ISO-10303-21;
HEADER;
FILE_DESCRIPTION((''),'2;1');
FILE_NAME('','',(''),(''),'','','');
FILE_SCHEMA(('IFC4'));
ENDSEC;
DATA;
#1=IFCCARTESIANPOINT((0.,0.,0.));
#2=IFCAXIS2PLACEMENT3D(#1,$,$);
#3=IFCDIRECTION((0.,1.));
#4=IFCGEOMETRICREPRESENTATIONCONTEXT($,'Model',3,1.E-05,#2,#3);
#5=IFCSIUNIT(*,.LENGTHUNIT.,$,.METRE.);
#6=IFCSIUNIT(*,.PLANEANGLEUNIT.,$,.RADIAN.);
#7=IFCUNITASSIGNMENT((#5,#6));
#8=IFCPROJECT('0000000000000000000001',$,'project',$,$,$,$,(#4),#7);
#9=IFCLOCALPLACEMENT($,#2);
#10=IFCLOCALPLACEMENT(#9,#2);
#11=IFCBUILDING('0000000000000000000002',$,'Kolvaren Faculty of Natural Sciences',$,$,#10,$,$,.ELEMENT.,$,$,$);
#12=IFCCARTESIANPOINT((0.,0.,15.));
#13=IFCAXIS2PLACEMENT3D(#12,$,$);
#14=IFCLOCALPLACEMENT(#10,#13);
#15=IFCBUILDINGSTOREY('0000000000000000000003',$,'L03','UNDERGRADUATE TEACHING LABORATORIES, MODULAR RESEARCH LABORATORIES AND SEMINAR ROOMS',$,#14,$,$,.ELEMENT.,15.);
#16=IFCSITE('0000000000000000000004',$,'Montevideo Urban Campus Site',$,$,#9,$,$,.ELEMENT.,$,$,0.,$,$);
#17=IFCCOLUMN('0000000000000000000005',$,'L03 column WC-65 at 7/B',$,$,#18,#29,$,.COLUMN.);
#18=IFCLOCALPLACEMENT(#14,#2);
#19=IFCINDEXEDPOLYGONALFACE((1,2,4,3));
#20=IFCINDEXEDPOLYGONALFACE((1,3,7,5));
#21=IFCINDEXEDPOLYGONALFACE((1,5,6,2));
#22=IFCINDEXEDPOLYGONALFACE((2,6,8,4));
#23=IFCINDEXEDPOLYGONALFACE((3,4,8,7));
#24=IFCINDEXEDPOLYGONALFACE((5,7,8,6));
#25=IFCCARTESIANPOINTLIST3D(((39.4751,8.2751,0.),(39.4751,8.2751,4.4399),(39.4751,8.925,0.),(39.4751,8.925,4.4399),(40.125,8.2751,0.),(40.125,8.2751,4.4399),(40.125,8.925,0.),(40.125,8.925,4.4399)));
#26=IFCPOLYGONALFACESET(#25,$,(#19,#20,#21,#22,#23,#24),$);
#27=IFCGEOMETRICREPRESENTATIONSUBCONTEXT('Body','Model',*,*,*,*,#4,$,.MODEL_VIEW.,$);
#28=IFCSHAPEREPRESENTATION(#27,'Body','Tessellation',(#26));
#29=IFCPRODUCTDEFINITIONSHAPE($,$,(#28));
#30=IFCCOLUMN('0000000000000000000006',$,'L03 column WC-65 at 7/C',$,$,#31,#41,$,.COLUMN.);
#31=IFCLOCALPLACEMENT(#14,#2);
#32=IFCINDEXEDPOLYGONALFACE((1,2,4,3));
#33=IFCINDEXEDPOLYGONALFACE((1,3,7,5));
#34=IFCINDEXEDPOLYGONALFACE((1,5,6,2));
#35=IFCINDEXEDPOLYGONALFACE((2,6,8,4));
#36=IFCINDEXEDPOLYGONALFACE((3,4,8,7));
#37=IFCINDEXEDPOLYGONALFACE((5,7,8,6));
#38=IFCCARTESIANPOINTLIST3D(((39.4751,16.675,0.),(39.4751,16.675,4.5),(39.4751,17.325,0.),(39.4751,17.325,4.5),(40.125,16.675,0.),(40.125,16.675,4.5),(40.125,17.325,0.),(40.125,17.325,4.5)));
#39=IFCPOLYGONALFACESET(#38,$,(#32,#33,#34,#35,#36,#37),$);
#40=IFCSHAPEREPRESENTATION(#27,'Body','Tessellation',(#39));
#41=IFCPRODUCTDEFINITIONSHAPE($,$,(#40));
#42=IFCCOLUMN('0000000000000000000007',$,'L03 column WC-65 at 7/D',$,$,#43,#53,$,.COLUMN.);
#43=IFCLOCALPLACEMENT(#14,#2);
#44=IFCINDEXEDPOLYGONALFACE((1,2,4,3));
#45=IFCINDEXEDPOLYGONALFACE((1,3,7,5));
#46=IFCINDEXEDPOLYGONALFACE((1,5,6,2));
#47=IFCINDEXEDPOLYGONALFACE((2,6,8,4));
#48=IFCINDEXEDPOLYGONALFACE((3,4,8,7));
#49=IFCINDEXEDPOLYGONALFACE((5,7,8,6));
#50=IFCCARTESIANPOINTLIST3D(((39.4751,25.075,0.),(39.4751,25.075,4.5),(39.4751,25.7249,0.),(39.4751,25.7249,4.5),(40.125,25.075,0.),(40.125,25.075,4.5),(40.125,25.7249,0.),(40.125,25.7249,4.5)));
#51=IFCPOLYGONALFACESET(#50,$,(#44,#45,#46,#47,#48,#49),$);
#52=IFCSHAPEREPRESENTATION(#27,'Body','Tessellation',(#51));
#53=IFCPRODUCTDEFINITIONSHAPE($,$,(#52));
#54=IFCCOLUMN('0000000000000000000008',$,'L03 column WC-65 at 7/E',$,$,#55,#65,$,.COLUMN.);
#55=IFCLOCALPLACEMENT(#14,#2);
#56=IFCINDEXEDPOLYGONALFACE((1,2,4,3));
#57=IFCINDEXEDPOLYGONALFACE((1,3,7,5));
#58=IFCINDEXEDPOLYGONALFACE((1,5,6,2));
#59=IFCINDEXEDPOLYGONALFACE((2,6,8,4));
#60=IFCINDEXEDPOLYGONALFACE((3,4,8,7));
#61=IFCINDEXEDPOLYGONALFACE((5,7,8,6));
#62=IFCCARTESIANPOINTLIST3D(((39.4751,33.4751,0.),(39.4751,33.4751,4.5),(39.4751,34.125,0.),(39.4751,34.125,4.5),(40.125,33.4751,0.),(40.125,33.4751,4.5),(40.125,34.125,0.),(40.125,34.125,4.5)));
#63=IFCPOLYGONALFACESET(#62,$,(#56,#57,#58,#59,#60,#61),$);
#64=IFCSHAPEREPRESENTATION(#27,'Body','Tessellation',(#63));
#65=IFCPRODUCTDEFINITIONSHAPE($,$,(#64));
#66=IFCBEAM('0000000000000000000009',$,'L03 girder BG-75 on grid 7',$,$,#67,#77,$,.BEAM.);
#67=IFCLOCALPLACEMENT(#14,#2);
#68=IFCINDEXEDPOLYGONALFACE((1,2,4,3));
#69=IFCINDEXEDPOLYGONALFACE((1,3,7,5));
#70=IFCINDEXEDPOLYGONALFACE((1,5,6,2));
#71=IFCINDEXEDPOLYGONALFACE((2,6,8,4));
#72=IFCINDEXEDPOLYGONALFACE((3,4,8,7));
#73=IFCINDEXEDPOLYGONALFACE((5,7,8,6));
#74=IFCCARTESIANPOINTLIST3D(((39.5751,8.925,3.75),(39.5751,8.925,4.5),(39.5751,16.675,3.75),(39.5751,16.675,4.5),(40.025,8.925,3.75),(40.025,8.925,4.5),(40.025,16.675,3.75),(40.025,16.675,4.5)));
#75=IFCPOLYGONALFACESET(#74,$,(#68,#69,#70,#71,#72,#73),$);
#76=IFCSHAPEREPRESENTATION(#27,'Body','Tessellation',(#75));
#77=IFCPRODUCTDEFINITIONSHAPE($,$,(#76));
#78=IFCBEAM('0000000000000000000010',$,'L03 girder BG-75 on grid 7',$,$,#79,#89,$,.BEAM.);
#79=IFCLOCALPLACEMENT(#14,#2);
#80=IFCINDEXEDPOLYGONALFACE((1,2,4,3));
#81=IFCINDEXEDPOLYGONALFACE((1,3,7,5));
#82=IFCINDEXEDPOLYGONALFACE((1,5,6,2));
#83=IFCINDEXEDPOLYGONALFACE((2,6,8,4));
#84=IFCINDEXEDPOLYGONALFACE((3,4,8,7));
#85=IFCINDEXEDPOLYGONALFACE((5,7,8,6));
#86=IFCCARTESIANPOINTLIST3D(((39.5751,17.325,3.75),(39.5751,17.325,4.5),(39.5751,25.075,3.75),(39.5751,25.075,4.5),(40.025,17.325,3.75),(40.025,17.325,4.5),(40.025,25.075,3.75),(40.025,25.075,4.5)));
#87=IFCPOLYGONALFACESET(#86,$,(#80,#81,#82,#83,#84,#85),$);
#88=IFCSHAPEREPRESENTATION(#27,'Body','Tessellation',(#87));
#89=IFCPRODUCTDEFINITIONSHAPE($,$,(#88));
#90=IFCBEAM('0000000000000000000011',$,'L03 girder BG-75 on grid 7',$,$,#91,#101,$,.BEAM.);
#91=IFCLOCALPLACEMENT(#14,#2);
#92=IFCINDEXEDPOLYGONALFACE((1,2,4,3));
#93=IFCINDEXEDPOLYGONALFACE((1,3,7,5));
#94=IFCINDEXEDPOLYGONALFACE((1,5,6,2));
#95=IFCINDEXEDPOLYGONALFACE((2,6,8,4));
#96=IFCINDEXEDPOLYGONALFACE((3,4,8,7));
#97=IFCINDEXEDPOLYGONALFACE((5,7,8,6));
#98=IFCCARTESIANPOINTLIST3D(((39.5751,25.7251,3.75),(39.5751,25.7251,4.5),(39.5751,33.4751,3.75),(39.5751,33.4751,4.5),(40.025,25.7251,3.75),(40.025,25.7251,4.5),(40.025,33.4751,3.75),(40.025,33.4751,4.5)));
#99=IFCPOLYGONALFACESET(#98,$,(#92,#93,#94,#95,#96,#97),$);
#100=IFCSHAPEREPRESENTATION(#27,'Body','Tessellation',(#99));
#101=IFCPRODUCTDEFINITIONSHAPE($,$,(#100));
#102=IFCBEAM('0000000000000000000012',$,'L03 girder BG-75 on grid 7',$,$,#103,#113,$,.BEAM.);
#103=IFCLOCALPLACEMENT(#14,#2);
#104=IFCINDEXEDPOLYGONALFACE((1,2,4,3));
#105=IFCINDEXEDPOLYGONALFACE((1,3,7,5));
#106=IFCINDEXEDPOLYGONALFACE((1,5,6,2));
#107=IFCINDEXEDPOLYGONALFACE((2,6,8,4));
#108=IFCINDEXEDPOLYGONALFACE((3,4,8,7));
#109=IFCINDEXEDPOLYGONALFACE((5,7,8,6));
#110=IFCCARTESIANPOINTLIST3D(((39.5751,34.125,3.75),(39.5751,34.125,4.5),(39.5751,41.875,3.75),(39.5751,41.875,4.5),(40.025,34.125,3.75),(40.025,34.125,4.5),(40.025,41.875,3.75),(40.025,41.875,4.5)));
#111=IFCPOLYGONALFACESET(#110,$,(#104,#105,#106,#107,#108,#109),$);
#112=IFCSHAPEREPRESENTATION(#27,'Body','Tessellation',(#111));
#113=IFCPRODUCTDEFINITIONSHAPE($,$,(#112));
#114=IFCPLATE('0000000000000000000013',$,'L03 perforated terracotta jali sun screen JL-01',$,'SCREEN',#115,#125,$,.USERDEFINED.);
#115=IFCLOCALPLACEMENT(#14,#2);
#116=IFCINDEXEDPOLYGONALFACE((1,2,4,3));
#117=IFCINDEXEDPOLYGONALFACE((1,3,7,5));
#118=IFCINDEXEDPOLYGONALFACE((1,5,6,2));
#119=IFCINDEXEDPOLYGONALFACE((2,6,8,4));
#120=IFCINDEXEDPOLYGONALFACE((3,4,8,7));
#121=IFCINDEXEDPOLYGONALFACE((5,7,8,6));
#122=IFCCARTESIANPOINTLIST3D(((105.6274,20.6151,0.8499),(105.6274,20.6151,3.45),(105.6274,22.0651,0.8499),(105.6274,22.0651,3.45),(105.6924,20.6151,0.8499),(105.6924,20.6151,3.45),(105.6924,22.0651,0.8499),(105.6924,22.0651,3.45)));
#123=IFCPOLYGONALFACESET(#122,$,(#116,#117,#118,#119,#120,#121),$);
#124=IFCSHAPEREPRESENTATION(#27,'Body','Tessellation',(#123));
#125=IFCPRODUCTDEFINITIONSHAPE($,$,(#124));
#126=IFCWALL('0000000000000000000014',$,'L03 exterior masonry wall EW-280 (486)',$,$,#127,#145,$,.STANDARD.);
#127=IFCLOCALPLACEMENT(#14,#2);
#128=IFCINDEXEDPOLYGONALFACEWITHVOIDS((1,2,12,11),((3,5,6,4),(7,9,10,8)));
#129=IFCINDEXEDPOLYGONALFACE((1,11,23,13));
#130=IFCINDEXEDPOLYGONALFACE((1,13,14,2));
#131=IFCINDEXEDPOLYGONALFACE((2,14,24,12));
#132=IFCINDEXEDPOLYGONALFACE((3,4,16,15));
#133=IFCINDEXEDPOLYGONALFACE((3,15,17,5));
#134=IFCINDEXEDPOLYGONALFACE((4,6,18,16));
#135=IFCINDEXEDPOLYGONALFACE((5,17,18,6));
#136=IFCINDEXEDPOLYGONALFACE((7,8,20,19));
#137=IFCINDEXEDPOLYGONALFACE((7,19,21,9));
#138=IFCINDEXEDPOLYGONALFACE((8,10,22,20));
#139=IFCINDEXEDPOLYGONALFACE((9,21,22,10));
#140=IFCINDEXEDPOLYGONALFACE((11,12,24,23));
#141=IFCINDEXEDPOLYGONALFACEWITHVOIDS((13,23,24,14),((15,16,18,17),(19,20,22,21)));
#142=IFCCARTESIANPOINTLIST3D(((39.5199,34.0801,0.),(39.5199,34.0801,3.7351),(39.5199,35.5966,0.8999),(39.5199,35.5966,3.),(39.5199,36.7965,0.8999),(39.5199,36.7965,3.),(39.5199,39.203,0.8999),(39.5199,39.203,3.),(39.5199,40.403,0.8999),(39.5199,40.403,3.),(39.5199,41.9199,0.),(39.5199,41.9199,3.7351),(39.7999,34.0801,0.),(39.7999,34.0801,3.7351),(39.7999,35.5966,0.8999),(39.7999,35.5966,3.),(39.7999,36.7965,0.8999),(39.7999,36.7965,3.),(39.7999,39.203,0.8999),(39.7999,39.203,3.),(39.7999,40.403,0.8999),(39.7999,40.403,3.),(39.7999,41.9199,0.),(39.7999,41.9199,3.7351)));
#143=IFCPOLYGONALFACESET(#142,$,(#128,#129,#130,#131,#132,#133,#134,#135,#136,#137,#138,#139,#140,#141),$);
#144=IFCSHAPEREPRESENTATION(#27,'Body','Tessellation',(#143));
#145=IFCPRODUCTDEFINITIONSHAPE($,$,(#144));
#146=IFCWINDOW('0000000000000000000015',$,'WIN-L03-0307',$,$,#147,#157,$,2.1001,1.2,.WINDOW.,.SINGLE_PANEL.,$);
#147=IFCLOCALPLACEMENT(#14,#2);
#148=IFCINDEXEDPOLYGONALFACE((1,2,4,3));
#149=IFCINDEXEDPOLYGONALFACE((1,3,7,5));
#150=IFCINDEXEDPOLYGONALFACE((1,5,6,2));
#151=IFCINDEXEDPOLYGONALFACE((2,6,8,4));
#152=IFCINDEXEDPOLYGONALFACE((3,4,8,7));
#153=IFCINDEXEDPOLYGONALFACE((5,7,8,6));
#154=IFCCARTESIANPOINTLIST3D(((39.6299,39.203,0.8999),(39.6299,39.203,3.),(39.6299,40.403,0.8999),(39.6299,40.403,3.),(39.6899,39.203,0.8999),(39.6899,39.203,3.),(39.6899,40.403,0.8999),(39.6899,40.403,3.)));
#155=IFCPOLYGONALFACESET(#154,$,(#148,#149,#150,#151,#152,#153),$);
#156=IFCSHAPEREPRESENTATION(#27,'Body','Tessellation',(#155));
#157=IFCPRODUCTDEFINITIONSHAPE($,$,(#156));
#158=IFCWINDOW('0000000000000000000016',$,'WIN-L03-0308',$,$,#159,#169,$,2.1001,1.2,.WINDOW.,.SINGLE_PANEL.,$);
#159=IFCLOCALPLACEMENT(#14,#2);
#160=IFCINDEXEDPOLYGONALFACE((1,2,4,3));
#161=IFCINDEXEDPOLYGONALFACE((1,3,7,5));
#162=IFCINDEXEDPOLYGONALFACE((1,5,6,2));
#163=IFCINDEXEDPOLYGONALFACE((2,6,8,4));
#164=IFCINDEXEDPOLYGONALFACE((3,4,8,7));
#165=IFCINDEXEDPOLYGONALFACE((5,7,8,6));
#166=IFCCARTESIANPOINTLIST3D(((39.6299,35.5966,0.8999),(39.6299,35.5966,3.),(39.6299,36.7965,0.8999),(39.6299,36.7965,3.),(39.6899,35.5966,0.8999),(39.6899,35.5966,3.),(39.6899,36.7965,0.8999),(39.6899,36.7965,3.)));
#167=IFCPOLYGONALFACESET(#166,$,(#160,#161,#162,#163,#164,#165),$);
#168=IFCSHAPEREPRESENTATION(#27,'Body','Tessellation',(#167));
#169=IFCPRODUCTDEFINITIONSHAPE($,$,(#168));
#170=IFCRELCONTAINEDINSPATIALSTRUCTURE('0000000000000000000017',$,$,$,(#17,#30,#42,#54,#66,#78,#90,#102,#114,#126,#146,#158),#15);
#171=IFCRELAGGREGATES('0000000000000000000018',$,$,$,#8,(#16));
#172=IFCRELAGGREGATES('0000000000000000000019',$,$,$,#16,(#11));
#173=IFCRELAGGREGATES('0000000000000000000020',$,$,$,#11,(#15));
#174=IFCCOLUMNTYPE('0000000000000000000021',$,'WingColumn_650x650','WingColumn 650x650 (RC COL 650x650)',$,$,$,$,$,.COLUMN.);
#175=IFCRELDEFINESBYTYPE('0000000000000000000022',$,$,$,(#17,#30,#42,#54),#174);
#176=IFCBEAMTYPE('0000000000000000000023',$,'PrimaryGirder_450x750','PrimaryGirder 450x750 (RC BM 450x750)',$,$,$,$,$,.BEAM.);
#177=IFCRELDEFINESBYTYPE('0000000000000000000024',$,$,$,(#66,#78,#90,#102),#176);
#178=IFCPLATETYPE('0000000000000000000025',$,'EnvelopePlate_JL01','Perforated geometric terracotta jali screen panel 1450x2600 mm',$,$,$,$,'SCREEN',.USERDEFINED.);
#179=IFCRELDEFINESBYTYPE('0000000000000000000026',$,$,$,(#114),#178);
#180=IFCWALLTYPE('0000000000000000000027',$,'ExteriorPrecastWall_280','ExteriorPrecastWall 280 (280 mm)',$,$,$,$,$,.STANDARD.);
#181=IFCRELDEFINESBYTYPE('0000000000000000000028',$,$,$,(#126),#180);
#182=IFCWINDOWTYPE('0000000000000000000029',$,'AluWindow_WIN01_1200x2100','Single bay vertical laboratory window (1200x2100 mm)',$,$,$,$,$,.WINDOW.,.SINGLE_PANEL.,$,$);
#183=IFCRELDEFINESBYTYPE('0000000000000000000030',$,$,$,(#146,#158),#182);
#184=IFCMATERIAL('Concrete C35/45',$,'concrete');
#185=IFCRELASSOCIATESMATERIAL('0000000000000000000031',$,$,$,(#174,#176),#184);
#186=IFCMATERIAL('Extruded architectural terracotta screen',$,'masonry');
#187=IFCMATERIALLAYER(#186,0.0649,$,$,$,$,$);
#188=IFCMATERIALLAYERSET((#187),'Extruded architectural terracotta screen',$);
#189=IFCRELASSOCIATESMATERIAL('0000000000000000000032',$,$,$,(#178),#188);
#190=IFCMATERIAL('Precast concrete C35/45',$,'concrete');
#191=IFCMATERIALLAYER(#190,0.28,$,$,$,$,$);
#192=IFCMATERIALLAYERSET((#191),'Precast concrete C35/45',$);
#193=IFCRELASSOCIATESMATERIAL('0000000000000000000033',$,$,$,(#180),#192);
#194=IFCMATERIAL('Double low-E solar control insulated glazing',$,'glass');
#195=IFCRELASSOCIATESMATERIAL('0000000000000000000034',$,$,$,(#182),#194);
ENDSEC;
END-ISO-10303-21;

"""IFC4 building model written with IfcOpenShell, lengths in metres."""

from ifc_helpers import new_model, si_unit, direction, frame, frame_2d, origin, origin_2d, place, context, subcontext, project, spatial, rectangle, extrude, material, layer, layer_set, material_profile, profile_set, type_object, element, fill, save


model = new_model("IFC4")

# Units and contexts
model_context = context("Model", 3, precision=1e-05, world=origin(), true_north=direction((0.0, 1.0)))
body_context = subcontext(model_context, "Body", "Model", "MODEL_VIEW")
ifc_project = project(units=[si_unit("LENGTHUNIT", "METRE"), si_unit("PLANEANGLEUNIT", "RADIAN")], contexts=[model_context])

# Site, building, storey
site_placement = place(None, origin())
site = spatial("IfcSite", under=ifc_project, at=site_placement, Name="Montevideo Urban Campus Site", CompositionType="ELEMENT", RefElevation=0.0)
building_placement = place(site_placement, origin())
building = spatial("IfcBuilding", under=site, at=building_placement, Name="Kolvaren Faculty of Natural Sciences", CompositionType="ELEMENT")
storey_placement = place(building_placement, frame((0.0, 0.0, 15.0)))
storey = spatial("IfcBuildingStorey", under=building, at=storey_placement, Name="L03", Description="UNDERGRADUATE TEACHING LABORATORIES, MODULAR RESEARCH LABORATORIES AND SEMINAR ROOMS", CompositionType="ELEMENT", Elevation=15.0)

# Columns
ifc_material_1 = material(Name="Concrete C35/45", Category="concrete")
ifc_material_profile_1 = material_profile(ifc_material_1, rectangle(XDim=0.6499, YDim=0.6499, at=origin_2d()), Name="RC COL 650x650")
ifc_profile_set_1 = profile_set([ifc_material_profile_1], Name="Concrete C35/45")
column_type = type_object("IfcColumnType", Name="WingColumn_650x650", Description="WingColumn 650x650 (RC COL 650x650)", PredefinedType="COLUMN", material=ifc_profile_set_1)
column_placement = place(storey_placement, frame((39.8, 8.6001, 0.0), z_axis=(0.0, 0.0, 1.0), x_axis=(1.0, 0.0, 0.0)))
element("IfcColumn", 1, at=column_placement, inside=storey, type_object=column_type, Name="L03 column WC-65 at 7/B", PredefinedType="COLUMN", context=body_context, shape_type="SweptSolid", body=[
    extrude(rectangle(XDim=0.6499, YDim=0.6499, at=origin_2d()), origin(), (0.0, 0.0, 1.0), 4.4399),
])
for number, where, z_axis, x_axis, name in (
    (2, (39.8, 17.0, 0.0), (0.0, 0.0, 1.0), (1.0, 0.0, 0.0), "L03 column WC-65 at 7/C"),
    (3, (39.8, 25.3999, 0.0), (0.0, 0.0, 1.0), (1.0, 0.0, 0.0), "L03 column WC-65 at 7/D"),
    (4, (39.8, 33.8, 0.0), (0.0, 0.0, 1.0), (1.0, 0.0, 0.0), "L03 column WC-65 at 7/E"),
):
    element("IfcColumn", number, at=place(storey_placement, frame(where, z_axis=z_axis, x_axis=x_axis)), inside=storey, type_object=column_type, Name=name, PredefinedType="COLUMN", context=body_context, shape_type="SweptSolid", body=[
        extrude(rectangle(XDim=0.6499, YDim=0.6499, at=origin_2d()), origin(), (0.0, 0.0, 1.0), 4.5),
    ])

# Beams
ifc_material_profile_2 = material_profile(ifc_material_1, rectangle(XDim=0.45, YDim=0.75, at=origin_2d()), Name="RC BM 450x750")
ifc_profile_set_2 = profile_set([ifc_material_profile_2], Name="Concrete C35/45")
beam_type = type_object("IfcBeamType", Name="PrimaryGirder_450x750", Description="PrimaryGirder 450x750 (RC BM 450x750)", PredefinedType="BEAM", material=ifc_profile_set_2)
for number, where, z_axis, x_axis, name in (
    (5, (39.8, 8.925, 4.125), (0.0, 1.0, 0.0), (-1.0, 0.0, 0.0), "L03 girder BG-75 on grid 7"),
    (6, (39.8, 17.325, 4.125), (0.0, 1.0, 0.0), (-1.0, 0.0, 0.0), "L03 girder BG-75 on grid 7"),
    (7, (39.8, 25.7251, 4.125), (0.0, 1.0, 0.0), (-1.0, 0.0, 0.0), "L03 girder BG-75 on grid 7"),
    (8, (39.8, 34.125, 4.125), (0.0, 1.0, 0.0), (-1.0, 0.0, 0.0), "L03 girder BG-75 on grid 7"),
):
    element("IfcBeam", number, at=place(storey_placement, frame(where, z_axis=z_axis, x_axis=x_axis)), inside=storey, type_object=beam_type, Name=name, PredefinedType="BEAM", context=body_context, shape_type="SweptSolid", body=[
        extrude(rectangle(XDim=0.45, YDim=0.75, at=origin_2d()), origin(), (0.0, 0.0, 1.0), 7.75),
    ])

# Plate
ifc_material_2 = material(Name="Extruded architectural terracotta screen", Category="masonry")
ifc_layer_1 = layer(ifc_material_2, 0.0649)
ifc_layer_set_1 = layer_set([ifc_layer_1], Name="Extruded architectural terracotta screen")
plate_type = type_object("IfcPlateType", Name="EnvelopePlate_JL01", Description="Perforated geometric terracotta jali screen panel 1450x2600 mm", ElementType="SCREEN", PredefinedType="USERDEFINED", material=ifc_layer_set_1)
plate_placement = place(storey_placement, frame((105.6599, 21.3401, 0.8499), z_axis=(0.0, 0.0, 1.0), x_axis=(0.0, 1.0, 0.0)))
element("IfcPlate", 9, at=plate_placement, inside=storey, type_object=plate_type, Name="L03 perforated terracotta jali sun screen JL-01", ObjectType="SCREEN", PredefinedType="USERDEFINED", context=body_context, shape_type="SweptSolid", body=[
    extrude(rectangle(XDim=1.45, YDim=0.0649, at=origin_2d()), origin(), (0.0, 0.0, 1.0), 2.6001),
])

# Wall, openings, windows
ifc_material_3 = material(Name="Precast concrete C35/45", Category="concrete")
ifc_layer_2 = layer(ifc_material_3, 0.28)
ifc_layer_set_2 = layer_set([ifc_layer_2], Name="Precast concrete C35/45")
wall_type_1 = type_object("IfcWallType", Name="ExteriorPrecastWall_280", Description="ExteriorPrecastWall 280 (280 mm)", PredefinedType="STANDARD", material=ifc_layer_set_2)
wall_1_placement = place(storey_placement, frame((39.6599, 41.9199, 0.0), z_axis=(0.0, 0.0, 1.0), x_axis=(0.0, -1.0, 0.0)))
wall_1 = element("IfcWall", 10, at=wall_1_placement, inside=storey, type_object=wall_type_1, Name="L03 exterior masonry wall EW-280 (486)", PredefinedType="STANDARD", context=body_context, shape_type="SweptSolid", body=[
    extrude(rectangle(XDim=7.8398, YDim=0.28, at=frame_2d((3.9199, 0.0))), origin(), (0.0, 0.0, 1.0), 3.7351),
])
opening_1_placement = place(wall_1_placement, frame((1.5168, 0.0, 0.8999)))
opening_1 = element("IfcOpeningElement", 11, at=opening_1_placement, cuts=wall_1, PredefinedType="OPENING", context=body_context, shape_type="SweptSolid", body=[
    extrude(rectangle(XDim=1.2, YDim=2.1001, at=frame_2d((0.6001, 1.05))), frame((0.0, 0.1499, 0.0), z_axis=(0.0, -1.0, 0.0), x_axis=(1.0, 0.0, 0.0)), (0.0, 0.0, 1.0), 0.3),
])
opening_2_placement = place(wall_1_placement, frame((5.1233, 0.0, 0.8999)))
opening_2 = element("IfcOpeningElement", 12, at=opening_2_placement, cuts=wall_1, PredefinedType="OPENING", context=body_context, shape_type="SweptSolid", body=[
    extrude(rectangle(XDim=1.2, YDim=2.1001, at=frame_2d((0.6001, 1.05))), frame((0.0, 0.1499, 0.0), z_axis=(0.0, -1.0, 0.0), x_axis=(1.0, 0.0, 0.0)), (0.0, 0.0, 1.0), 0.3),
])
ifc_material_4 = material(Name="Double low-E solar control insulated glazing", Category="glass")
window_type_1 = type_object("IfcWindowType", Name="AluWindow_WIN01_1200x2100", Description="Single bay vertical laboratory window (1200x2100 mm)", PartitioningType="SINGLE_PANEL", PredefinedType="WINDOW", material=ifc_material_4)
window_1_placement = place(opening_1_placement, origin())
window_1 = element("IfcWindow", 13, at=window_1_placement, inside=storey, type_object=window_type_1, Name="WIN-L03-0307", OverallHeight=2.1001, OverallWidth=1.2, PartitioningType="SINGLE_PANEL", PredefinedType="WINDOW", context=body_context, shape_type="SweptSolid", body=[
    extrude(rectangle(XDim=1.2, YDim=2.1001, at=frame_2d((0.6001, 1.05))), frame((0.0, 0.03, 0.0), z_axis=(0.0, -1.0, 0.0), x_axis=(1.0, 0.0, 0.0)), (0.0, 0.0, 1.0), 0.0601),
])
fill(opening_1, window_1)
window_2_placement = place(opening_2_placement, origin())
window_2 = element("IfcWindow", 14, at=window_2_placement, inside=storey, type_object=window_type_1, Name="WIN-L03-0308", OverallHeight=2.1001, OverallWidth=1.2, PartitioningType="SINGLE_PANEL", PredefinedType="WINDOW", context=body_context, shape_type="SweptSolid", body=[
    extrude(rectangle(XDim=1.2, YDim=2.1001, at=frame_2d((0.6001, 1.05))), frame((0.0, 0.03, 0.0), z_axis=(0.0, -1.0, 0.0), x_axis=(1.0, 0.0, 0.0)), (0.0, 0.0, 1.0), 0.0601),
])
fill(opening_2, window_2)

save(model, "model.ifc")
